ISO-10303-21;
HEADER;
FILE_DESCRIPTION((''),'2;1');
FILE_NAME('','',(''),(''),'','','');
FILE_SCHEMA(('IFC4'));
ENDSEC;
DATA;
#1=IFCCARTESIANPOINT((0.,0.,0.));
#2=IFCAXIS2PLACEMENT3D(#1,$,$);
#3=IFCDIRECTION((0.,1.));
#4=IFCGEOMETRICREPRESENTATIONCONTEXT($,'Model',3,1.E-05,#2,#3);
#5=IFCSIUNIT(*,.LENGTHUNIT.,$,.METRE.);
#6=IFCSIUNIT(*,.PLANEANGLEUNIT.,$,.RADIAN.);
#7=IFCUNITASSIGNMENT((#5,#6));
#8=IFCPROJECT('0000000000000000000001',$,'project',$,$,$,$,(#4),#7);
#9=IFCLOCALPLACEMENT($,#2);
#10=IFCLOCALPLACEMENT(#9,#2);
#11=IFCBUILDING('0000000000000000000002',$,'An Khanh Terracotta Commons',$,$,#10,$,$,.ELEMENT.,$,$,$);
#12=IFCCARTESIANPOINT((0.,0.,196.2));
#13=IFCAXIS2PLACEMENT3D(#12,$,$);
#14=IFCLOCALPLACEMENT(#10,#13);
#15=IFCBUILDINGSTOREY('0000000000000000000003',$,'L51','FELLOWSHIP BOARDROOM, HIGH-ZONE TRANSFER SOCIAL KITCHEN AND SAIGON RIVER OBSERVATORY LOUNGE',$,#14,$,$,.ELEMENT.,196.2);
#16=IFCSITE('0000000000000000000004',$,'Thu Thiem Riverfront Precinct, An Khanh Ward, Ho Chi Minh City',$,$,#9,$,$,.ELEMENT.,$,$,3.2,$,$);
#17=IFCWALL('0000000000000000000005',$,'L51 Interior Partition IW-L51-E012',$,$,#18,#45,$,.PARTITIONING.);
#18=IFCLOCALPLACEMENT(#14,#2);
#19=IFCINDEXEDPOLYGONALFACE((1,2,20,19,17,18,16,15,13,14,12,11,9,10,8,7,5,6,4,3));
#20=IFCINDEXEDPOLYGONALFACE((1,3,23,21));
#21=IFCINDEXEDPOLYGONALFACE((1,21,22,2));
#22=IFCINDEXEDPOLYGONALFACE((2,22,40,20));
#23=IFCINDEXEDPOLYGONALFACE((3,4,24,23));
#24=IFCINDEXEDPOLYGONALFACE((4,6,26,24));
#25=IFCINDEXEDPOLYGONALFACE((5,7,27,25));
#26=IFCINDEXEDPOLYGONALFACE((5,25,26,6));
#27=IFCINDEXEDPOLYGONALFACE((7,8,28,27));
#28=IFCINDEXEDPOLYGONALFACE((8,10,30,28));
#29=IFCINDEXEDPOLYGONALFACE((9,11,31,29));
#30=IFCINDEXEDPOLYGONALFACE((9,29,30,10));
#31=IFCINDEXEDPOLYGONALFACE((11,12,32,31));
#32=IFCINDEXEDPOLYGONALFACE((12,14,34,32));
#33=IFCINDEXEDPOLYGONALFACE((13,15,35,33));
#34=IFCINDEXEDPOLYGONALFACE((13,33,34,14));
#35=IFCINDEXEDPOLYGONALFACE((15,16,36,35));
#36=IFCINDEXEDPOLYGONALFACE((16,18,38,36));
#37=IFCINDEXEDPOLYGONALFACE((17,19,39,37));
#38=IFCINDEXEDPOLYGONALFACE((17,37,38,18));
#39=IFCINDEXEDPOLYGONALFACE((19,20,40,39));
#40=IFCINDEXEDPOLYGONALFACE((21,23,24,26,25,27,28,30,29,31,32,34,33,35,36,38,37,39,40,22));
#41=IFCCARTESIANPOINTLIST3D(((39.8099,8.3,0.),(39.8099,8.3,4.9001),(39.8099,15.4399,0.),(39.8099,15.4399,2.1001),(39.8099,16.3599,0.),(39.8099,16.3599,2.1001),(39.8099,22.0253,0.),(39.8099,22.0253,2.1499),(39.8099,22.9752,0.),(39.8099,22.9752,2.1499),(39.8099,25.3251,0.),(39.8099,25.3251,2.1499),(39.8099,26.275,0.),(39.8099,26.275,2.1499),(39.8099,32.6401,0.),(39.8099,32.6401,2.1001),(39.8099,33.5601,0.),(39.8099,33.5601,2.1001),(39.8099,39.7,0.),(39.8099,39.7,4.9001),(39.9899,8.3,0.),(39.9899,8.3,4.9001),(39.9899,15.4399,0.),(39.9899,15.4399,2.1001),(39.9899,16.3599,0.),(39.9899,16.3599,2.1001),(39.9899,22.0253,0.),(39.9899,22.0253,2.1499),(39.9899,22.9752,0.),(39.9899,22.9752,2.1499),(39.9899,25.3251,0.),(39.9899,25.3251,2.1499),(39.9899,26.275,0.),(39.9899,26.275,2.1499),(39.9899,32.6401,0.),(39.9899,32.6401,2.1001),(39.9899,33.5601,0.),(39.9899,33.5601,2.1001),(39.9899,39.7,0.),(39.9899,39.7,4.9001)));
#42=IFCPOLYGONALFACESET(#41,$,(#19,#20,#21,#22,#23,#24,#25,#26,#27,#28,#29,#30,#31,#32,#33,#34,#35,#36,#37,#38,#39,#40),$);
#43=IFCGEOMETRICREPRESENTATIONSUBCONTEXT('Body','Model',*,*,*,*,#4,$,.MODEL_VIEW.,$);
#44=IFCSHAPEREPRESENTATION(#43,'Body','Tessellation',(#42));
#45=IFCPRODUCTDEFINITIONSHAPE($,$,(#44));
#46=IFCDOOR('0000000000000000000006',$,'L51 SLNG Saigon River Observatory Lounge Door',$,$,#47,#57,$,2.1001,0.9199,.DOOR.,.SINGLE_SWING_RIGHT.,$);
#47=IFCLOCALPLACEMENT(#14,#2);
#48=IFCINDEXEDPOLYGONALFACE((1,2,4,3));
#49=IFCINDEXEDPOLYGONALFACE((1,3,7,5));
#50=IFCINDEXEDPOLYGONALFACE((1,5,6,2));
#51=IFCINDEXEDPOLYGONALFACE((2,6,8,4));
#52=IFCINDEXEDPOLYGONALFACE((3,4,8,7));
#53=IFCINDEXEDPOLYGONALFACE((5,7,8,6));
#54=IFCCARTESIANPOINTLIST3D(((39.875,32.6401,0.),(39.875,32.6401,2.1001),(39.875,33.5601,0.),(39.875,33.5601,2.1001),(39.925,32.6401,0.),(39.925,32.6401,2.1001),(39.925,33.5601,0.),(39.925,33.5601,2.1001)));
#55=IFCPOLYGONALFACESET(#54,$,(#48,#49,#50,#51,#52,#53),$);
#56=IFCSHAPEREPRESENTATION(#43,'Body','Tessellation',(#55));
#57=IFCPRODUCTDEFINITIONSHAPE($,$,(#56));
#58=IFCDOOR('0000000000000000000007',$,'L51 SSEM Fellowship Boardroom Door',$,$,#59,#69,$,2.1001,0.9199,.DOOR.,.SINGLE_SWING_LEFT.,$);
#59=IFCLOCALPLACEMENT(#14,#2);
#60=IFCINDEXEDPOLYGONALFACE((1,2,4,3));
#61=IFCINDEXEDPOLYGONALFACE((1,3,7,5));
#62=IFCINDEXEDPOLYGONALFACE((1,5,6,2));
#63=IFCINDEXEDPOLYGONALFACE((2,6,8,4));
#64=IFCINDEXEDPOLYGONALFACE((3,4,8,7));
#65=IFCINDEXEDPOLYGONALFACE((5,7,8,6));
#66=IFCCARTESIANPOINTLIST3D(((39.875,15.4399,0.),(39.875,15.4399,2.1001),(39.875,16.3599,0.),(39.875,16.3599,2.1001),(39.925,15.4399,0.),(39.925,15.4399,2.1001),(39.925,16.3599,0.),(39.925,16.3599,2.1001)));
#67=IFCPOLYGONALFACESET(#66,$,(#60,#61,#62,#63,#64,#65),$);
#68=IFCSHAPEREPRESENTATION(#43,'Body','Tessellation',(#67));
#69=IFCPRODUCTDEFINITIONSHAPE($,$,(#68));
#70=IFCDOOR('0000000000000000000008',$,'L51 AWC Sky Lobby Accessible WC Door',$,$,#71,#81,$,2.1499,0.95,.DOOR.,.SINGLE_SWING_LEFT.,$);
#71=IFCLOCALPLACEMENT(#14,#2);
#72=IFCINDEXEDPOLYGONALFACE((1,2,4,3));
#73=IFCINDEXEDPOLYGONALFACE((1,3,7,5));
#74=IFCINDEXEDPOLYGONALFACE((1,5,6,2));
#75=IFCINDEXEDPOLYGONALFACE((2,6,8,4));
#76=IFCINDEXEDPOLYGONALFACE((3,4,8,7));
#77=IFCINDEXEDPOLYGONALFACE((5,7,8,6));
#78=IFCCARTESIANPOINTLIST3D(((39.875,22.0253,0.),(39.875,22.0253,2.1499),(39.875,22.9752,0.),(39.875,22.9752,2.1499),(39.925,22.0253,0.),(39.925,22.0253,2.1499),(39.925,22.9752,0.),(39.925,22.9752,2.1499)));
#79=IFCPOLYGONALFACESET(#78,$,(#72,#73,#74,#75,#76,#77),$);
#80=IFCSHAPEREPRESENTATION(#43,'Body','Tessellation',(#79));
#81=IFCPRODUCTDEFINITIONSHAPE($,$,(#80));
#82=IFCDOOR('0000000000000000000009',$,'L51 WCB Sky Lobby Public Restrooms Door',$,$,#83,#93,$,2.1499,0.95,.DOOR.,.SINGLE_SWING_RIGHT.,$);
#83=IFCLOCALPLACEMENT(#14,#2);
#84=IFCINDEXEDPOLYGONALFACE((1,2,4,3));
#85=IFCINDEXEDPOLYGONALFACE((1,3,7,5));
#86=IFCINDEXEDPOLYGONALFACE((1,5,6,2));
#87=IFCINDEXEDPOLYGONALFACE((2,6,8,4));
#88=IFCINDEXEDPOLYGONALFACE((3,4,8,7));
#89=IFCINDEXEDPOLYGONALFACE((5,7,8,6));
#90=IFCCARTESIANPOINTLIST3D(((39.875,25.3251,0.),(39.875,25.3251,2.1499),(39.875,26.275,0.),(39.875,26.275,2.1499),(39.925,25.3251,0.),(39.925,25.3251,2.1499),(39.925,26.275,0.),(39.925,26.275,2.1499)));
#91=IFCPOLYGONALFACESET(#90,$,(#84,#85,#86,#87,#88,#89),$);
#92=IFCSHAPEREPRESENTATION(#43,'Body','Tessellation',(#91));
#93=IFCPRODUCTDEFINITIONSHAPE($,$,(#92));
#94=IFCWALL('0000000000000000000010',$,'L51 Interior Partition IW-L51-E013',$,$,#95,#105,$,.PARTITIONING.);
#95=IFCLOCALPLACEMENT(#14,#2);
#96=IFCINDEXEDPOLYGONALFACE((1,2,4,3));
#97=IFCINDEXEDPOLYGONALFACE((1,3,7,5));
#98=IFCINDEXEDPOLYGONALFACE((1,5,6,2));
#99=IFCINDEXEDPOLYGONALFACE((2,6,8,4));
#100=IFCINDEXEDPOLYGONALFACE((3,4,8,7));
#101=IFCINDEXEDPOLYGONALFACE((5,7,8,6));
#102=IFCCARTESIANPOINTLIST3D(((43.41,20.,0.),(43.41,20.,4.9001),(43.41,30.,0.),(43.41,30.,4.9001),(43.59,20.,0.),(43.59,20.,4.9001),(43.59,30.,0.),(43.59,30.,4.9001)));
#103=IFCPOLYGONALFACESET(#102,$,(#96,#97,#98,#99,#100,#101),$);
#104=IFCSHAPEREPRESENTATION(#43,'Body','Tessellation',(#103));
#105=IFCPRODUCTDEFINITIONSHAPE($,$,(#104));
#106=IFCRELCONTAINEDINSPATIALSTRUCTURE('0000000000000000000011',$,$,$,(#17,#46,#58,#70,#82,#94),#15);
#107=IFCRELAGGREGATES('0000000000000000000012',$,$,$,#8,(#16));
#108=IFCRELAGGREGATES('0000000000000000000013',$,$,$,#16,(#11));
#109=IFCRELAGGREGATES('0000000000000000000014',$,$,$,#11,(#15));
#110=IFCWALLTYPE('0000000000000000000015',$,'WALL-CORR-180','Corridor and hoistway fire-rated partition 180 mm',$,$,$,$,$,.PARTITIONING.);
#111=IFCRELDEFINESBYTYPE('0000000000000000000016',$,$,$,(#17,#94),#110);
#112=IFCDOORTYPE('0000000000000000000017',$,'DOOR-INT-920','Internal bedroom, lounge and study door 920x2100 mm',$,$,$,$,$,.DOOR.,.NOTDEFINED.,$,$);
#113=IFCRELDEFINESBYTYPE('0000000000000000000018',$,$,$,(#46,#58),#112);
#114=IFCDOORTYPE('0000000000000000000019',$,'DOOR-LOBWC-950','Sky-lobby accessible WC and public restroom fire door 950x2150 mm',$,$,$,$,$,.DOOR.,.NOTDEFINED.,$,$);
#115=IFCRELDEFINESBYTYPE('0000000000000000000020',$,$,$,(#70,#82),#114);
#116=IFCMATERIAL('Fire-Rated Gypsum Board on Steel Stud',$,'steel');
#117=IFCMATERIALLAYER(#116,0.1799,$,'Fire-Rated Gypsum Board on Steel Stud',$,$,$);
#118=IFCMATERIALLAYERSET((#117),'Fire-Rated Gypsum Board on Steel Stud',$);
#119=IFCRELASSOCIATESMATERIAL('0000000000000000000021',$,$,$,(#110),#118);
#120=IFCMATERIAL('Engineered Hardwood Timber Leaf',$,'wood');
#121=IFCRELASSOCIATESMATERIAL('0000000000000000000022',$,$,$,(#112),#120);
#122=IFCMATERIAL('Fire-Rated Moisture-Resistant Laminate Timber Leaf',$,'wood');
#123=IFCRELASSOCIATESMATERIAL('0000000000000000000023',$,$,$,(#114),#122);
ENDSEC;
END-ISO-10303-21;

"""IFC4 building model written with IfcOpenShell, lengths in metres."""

from ifc_helpers import new_model, si_unit, direction, frame, frame_2d, origin, place, context, subcontext, project, spatial, rectangle, extrude, material, layer, layer_set, type_object, element, fill, save


model = new_model("IFC4")

# Units and contexts
model_context = context("Model", 3, precision=1e-05, world=origin(), true_north=direction((0.0, 1.0)))
body_context = subcontext(model_context, "Body", "Model", "MODEL_VIEW")
ifc_project = project(units=[si_unit("LENGTHUNIT", "METRE"), si_unit("PLANEANGLEUNIT", "RADIAN")], contexts=[model_context])

# Site, building, storey
site_placement = place(None, origin())
site = spatial("IfcSite", under=ifc_project, at=site_placement, Name="Thu Thiem Riverfront Precinct, An Khanh Ward, Ho Chi Minh City", CompositionType="ELEMENT", RefElevation=3.2)
building_placement = place(site_placement, origin())
building = spatial("IfcBuilding", under=site, at=building_placement, Name="An Khanh Terracotta Commons", CompositionType="ELEMENT")
storey_placement = place(building_placement, frame((0.0, 0.0, 196.2)))
storey = spatial("IfcBuildingStorey", under=building, at=storey_placement, Name="L51", Description="FELLOWSHIP BOARDROOM, HIGH-ZONE TRANSFER SOCIAL KITCHEN AND SAIGON RIVER OBSERVATORY LOUNGE", CompositionType="ELEMENT", Elevation=196.2)

# Shared definitions
ifc_material_1 = material(Name="Fire-Rated Gypsum Board on Steel Stud", Category="steel")
ifc_layer_1 = layer(ifc_material_1, 0.1799, Name="Fire-Rated Gypsum Board on Steel Stud")
ifc_layer_set_1 = layer_set([ifc_layer_1], Name="Fire-Rated Gypsum Board on Steel Stud")
wall_type_1 = type_object("IfcWallType", Name="WALL-CORR-180", Description="Corridor and hoistway fire-rated partition 180 mm", PredefinedType="PARTITIONING", material=ifc_layer_set_1)

# Wall, openings, doors
wall_1_placement = place(storey_placement, frame((39.8999, 8.3, 0.0), z_axis=(0.0, 0.0, 1.0), x_axis=(0.0, 1.0, 0.0)))
wall_1 = element("IfcWall", 1, at=wall_1_placement, inside=storey, type_object=wall_type_1, Name="L51 Interior Partition IW-L51-E012", PredefinedType="PARTITIONING", context=body_context, shape_type="SweptSolid", body=[
    extrude(rectangle(XDim=31.3999, YDim=0.1799, at=frame_2d((15.7, 0.0))), origin(), (0.0, 0.0, 1.0), 4.9001),
])
opening_1_placement = place(wall_1_placement, frame((13.7251, 0.0, 0.0)))
opening_1 = element("IfcOpeningElement", 2, at=opening_1_placement, cuts=wall_1, PredefinedType="OPENING", context=body_context, shape_type="SweptSolid", body=[
    extrude(rectangle(XDim=0.95, YDim=2.1499, at=frame_2d((0.4751, 1.075))), frame((0.0, 0.0999, 0.0), z_axis=(0.0, -1.0, 0.0), x_axis=(1.0, 0.0, 0.0)), (0.0, 0.0, 1.0), 0.2),
])
opening_2_placement = place(wall_1_placement, frame((17.0249, 0.0, 0.0)))
opening_2 = element("IfcOpeningElement", 3, at=opening_2_placement, cuts=wall_1, PredefinedType="OPENING", context=body_context, shape_type="SweptSolid", body=[
    extrude(rectangle(XDim=0.95, YDim=2.1499, at=frame_2d((0.4751, 1.075))), frame((0.0, 0.0999, 0.0), z_axis=(0.0, -1.0, 0.0), x_axis=(1.0, 0.0, 0.0)), (0.0, 0.0, 1.0), 0.2),
])
opening_3_placement = place(wall_1_placement, frame((24.3401, 0.0, 0.0)))
opening_3 = element("IfcOpeningElement", 4, at=opening_3_placement, cuts=wall_1, PredefinedType="OPENING", context=body_context, shape_type="SweptSolid", body=[
    extrude(rectangle(XDim=0.9199, YDim=2.1001, at=frame_2d((0.46, 1.05))), frame((0.0, 0.0999, 0.0), z_axis=(0.0, -1.0, 0.0), x_axis=(1.0, 0.0, 0.0)), (0.0, 0.0, 1.0), 0.2),
])
opening_4_placement = place(wall_1_placement, frame((7.1399, 0.0, 0.0)))
opening_4 = element("IfcOpeningElement", 5, at=opening_4_placement, cuts=wall_1, PredefinedType="OPENING", context=body_context, shape_type="SweptSolid", body=[
    extrude(rectangle(XDim=0.9199, YDim=2.1001, at=frame_2d((0.46, 1.05))), frame((0.0, 0.0999, 0.0), z_axis=(0.0, -1.0, 0.0), x_axis=(1.0, 0.0, 0.0)), (0.0, 0.0, 1.0), 0.2),
])
ifc_material_2 = material(Name="Engineered Hardwood Timber Leaf", Category="wood")
door_type_1 = type_object("IfcDoorType", Name="DOOR-INT-920", Description="Internal bedroom, lounge and study door 920x2100 mm", OperationType="NOTDEFINED", PredefinedType="DOOR", material=ifc_material_2)
door_1_placement = place(opening_3_placement, origin())
door_1 = element("IfcDoor", 6, at=door_1_placement, inside=storey, type_object=door_type_1, Name="L51 SLNG Saigon River Observatory Lounge Door", OperationType="SINGLE_SWING_RIGHT", OverallHeight=2.1001, OverallWidth=0.9199, PredefinedType="DOOR", context=body_context, shape_type="SweptSolid", body=[
    extrude(rectangle(XDim=0.9199, YDim=2.1001, at=frame_2d((0.46, 1.05))), frame((0.0, 0.0249, 0.0), z_axis=(0.0, -1.0, 0.0), x_axis=(1.0, 0.0, 0.0)), (0.0, 0.0, 1.0), 0.05),
])
fill(opening_3, door_1)
door_2_placement = place(opening_4_placement, origin())
door_2 = element("IfcDoor", 7, at=door_2_placement, inside=storey, type_object=door_type_1, Name="L51 SSEM Fellowship Boardroom Door", OperationType="SINGLE_SWING_LEFT", OverallHeight=2.1001, OverallWidth=0.9199, PredefinedType="DOOR", context=body_context, shape_type="SweptSolid", body=[
    extrude(rectangle(XDim=0.9199, YDim=2.1001, at=frame_2d((0.46, 1.05))), frame((0.0, 0.0249, 0.0), z_axis=(0.0, -1.0, 0.0), x_axis=(1.0, 0.0, 0.0)), (0.0, 0.0, 1.0), 0.05),
])
fill(opening_4, door_2)
ifc_material_3 = material(Name="Fire-Rated Moisture-Resistant Laminate Timber Leaf", Category="wood")
door_type_2 = type_object("IfcDoorType", Name="DOOR-LOBWC-950", Description="Sky-lobby accessible WC and public restroom fire door 950x2150 mm", OperationType="NOTDEFINED", PredefinedType="DOOR", material=ifc_material_3)
door_3_placement = place(opening_1_placement, origin())
door_3 = element("IfcDoor", 8, at=door_3_placement, inside=storey, type_object=door_type_2, Name="L51 AWC Sky Lobby Accessible WC Door", OperationType="SINGLE_SWING_LEFT", OverallHeight=2.1499, OverallWidth=0.95, PredefinedType="DOOR", context=body_context, shape_type="SweptSolid", body=[
    extrude(rectangle(XDim=0.95, YDim=2.1499, at=frame_2d((0.4751, 1.075))), frame((0.0, 0.0249, 0.0), z_axis=(0.0, -1.0, 0.0), x_axis=(1.0, 0.0, 0.0)), (0.0, 0.0, 1.0), 0.05),
])
fill(opening_1, door_3)
door_4_placement = place(opening_2_placement, origin())
door_4 = element("IfcDoor", 9, at=door_4_placement, inside=storey, type_object=door_type_2, Name="L51 WCB Sky Lobby Public Restrooms Door", OperationType="SINGLE_SWING_RIGHT", OverallHeight=2.1499, OverallWidth=0.95, PredefinedType="DOOR", context=body_context, shape_type="SweptSolid", body=[
    extrude(rectangle(XDim=0.95, YDim=2.1499, at=frame_2d((0.4751, 1.075))), frame((0.0, 0.0249, 0.0), z_axis=(0.0, -1.0, 0.0), x_axis=(1.0, 0.0, 0.0)), (0.0, 0.0, 1.0), 0.05),
])
fill(opening_2, door_4)

# Wall
wall_2_placement = place(storey_placement, frame((43.5, 20.0, 0.0), z_axis=(0.0, 0.0, 1.0), x_axis=(0.0, 1.0, 0.0)))
element("IfcWall", 10, at=wall_2_placement, inside=storey, type_object=wall_type_1, Name="L51 Interior Partition IW-L51-E013", PredefinedType="PARTITIONING", context=body_context, shape_type="SweptSolid", body=[
    extrude(rectangle(XDim=10.0, YDim=0.1799, at=frame_2d((5.0, 0.0))), origin(), (0.0, 0.0, 1.0), 4.9001),
])

save(model, "model.ifc")
